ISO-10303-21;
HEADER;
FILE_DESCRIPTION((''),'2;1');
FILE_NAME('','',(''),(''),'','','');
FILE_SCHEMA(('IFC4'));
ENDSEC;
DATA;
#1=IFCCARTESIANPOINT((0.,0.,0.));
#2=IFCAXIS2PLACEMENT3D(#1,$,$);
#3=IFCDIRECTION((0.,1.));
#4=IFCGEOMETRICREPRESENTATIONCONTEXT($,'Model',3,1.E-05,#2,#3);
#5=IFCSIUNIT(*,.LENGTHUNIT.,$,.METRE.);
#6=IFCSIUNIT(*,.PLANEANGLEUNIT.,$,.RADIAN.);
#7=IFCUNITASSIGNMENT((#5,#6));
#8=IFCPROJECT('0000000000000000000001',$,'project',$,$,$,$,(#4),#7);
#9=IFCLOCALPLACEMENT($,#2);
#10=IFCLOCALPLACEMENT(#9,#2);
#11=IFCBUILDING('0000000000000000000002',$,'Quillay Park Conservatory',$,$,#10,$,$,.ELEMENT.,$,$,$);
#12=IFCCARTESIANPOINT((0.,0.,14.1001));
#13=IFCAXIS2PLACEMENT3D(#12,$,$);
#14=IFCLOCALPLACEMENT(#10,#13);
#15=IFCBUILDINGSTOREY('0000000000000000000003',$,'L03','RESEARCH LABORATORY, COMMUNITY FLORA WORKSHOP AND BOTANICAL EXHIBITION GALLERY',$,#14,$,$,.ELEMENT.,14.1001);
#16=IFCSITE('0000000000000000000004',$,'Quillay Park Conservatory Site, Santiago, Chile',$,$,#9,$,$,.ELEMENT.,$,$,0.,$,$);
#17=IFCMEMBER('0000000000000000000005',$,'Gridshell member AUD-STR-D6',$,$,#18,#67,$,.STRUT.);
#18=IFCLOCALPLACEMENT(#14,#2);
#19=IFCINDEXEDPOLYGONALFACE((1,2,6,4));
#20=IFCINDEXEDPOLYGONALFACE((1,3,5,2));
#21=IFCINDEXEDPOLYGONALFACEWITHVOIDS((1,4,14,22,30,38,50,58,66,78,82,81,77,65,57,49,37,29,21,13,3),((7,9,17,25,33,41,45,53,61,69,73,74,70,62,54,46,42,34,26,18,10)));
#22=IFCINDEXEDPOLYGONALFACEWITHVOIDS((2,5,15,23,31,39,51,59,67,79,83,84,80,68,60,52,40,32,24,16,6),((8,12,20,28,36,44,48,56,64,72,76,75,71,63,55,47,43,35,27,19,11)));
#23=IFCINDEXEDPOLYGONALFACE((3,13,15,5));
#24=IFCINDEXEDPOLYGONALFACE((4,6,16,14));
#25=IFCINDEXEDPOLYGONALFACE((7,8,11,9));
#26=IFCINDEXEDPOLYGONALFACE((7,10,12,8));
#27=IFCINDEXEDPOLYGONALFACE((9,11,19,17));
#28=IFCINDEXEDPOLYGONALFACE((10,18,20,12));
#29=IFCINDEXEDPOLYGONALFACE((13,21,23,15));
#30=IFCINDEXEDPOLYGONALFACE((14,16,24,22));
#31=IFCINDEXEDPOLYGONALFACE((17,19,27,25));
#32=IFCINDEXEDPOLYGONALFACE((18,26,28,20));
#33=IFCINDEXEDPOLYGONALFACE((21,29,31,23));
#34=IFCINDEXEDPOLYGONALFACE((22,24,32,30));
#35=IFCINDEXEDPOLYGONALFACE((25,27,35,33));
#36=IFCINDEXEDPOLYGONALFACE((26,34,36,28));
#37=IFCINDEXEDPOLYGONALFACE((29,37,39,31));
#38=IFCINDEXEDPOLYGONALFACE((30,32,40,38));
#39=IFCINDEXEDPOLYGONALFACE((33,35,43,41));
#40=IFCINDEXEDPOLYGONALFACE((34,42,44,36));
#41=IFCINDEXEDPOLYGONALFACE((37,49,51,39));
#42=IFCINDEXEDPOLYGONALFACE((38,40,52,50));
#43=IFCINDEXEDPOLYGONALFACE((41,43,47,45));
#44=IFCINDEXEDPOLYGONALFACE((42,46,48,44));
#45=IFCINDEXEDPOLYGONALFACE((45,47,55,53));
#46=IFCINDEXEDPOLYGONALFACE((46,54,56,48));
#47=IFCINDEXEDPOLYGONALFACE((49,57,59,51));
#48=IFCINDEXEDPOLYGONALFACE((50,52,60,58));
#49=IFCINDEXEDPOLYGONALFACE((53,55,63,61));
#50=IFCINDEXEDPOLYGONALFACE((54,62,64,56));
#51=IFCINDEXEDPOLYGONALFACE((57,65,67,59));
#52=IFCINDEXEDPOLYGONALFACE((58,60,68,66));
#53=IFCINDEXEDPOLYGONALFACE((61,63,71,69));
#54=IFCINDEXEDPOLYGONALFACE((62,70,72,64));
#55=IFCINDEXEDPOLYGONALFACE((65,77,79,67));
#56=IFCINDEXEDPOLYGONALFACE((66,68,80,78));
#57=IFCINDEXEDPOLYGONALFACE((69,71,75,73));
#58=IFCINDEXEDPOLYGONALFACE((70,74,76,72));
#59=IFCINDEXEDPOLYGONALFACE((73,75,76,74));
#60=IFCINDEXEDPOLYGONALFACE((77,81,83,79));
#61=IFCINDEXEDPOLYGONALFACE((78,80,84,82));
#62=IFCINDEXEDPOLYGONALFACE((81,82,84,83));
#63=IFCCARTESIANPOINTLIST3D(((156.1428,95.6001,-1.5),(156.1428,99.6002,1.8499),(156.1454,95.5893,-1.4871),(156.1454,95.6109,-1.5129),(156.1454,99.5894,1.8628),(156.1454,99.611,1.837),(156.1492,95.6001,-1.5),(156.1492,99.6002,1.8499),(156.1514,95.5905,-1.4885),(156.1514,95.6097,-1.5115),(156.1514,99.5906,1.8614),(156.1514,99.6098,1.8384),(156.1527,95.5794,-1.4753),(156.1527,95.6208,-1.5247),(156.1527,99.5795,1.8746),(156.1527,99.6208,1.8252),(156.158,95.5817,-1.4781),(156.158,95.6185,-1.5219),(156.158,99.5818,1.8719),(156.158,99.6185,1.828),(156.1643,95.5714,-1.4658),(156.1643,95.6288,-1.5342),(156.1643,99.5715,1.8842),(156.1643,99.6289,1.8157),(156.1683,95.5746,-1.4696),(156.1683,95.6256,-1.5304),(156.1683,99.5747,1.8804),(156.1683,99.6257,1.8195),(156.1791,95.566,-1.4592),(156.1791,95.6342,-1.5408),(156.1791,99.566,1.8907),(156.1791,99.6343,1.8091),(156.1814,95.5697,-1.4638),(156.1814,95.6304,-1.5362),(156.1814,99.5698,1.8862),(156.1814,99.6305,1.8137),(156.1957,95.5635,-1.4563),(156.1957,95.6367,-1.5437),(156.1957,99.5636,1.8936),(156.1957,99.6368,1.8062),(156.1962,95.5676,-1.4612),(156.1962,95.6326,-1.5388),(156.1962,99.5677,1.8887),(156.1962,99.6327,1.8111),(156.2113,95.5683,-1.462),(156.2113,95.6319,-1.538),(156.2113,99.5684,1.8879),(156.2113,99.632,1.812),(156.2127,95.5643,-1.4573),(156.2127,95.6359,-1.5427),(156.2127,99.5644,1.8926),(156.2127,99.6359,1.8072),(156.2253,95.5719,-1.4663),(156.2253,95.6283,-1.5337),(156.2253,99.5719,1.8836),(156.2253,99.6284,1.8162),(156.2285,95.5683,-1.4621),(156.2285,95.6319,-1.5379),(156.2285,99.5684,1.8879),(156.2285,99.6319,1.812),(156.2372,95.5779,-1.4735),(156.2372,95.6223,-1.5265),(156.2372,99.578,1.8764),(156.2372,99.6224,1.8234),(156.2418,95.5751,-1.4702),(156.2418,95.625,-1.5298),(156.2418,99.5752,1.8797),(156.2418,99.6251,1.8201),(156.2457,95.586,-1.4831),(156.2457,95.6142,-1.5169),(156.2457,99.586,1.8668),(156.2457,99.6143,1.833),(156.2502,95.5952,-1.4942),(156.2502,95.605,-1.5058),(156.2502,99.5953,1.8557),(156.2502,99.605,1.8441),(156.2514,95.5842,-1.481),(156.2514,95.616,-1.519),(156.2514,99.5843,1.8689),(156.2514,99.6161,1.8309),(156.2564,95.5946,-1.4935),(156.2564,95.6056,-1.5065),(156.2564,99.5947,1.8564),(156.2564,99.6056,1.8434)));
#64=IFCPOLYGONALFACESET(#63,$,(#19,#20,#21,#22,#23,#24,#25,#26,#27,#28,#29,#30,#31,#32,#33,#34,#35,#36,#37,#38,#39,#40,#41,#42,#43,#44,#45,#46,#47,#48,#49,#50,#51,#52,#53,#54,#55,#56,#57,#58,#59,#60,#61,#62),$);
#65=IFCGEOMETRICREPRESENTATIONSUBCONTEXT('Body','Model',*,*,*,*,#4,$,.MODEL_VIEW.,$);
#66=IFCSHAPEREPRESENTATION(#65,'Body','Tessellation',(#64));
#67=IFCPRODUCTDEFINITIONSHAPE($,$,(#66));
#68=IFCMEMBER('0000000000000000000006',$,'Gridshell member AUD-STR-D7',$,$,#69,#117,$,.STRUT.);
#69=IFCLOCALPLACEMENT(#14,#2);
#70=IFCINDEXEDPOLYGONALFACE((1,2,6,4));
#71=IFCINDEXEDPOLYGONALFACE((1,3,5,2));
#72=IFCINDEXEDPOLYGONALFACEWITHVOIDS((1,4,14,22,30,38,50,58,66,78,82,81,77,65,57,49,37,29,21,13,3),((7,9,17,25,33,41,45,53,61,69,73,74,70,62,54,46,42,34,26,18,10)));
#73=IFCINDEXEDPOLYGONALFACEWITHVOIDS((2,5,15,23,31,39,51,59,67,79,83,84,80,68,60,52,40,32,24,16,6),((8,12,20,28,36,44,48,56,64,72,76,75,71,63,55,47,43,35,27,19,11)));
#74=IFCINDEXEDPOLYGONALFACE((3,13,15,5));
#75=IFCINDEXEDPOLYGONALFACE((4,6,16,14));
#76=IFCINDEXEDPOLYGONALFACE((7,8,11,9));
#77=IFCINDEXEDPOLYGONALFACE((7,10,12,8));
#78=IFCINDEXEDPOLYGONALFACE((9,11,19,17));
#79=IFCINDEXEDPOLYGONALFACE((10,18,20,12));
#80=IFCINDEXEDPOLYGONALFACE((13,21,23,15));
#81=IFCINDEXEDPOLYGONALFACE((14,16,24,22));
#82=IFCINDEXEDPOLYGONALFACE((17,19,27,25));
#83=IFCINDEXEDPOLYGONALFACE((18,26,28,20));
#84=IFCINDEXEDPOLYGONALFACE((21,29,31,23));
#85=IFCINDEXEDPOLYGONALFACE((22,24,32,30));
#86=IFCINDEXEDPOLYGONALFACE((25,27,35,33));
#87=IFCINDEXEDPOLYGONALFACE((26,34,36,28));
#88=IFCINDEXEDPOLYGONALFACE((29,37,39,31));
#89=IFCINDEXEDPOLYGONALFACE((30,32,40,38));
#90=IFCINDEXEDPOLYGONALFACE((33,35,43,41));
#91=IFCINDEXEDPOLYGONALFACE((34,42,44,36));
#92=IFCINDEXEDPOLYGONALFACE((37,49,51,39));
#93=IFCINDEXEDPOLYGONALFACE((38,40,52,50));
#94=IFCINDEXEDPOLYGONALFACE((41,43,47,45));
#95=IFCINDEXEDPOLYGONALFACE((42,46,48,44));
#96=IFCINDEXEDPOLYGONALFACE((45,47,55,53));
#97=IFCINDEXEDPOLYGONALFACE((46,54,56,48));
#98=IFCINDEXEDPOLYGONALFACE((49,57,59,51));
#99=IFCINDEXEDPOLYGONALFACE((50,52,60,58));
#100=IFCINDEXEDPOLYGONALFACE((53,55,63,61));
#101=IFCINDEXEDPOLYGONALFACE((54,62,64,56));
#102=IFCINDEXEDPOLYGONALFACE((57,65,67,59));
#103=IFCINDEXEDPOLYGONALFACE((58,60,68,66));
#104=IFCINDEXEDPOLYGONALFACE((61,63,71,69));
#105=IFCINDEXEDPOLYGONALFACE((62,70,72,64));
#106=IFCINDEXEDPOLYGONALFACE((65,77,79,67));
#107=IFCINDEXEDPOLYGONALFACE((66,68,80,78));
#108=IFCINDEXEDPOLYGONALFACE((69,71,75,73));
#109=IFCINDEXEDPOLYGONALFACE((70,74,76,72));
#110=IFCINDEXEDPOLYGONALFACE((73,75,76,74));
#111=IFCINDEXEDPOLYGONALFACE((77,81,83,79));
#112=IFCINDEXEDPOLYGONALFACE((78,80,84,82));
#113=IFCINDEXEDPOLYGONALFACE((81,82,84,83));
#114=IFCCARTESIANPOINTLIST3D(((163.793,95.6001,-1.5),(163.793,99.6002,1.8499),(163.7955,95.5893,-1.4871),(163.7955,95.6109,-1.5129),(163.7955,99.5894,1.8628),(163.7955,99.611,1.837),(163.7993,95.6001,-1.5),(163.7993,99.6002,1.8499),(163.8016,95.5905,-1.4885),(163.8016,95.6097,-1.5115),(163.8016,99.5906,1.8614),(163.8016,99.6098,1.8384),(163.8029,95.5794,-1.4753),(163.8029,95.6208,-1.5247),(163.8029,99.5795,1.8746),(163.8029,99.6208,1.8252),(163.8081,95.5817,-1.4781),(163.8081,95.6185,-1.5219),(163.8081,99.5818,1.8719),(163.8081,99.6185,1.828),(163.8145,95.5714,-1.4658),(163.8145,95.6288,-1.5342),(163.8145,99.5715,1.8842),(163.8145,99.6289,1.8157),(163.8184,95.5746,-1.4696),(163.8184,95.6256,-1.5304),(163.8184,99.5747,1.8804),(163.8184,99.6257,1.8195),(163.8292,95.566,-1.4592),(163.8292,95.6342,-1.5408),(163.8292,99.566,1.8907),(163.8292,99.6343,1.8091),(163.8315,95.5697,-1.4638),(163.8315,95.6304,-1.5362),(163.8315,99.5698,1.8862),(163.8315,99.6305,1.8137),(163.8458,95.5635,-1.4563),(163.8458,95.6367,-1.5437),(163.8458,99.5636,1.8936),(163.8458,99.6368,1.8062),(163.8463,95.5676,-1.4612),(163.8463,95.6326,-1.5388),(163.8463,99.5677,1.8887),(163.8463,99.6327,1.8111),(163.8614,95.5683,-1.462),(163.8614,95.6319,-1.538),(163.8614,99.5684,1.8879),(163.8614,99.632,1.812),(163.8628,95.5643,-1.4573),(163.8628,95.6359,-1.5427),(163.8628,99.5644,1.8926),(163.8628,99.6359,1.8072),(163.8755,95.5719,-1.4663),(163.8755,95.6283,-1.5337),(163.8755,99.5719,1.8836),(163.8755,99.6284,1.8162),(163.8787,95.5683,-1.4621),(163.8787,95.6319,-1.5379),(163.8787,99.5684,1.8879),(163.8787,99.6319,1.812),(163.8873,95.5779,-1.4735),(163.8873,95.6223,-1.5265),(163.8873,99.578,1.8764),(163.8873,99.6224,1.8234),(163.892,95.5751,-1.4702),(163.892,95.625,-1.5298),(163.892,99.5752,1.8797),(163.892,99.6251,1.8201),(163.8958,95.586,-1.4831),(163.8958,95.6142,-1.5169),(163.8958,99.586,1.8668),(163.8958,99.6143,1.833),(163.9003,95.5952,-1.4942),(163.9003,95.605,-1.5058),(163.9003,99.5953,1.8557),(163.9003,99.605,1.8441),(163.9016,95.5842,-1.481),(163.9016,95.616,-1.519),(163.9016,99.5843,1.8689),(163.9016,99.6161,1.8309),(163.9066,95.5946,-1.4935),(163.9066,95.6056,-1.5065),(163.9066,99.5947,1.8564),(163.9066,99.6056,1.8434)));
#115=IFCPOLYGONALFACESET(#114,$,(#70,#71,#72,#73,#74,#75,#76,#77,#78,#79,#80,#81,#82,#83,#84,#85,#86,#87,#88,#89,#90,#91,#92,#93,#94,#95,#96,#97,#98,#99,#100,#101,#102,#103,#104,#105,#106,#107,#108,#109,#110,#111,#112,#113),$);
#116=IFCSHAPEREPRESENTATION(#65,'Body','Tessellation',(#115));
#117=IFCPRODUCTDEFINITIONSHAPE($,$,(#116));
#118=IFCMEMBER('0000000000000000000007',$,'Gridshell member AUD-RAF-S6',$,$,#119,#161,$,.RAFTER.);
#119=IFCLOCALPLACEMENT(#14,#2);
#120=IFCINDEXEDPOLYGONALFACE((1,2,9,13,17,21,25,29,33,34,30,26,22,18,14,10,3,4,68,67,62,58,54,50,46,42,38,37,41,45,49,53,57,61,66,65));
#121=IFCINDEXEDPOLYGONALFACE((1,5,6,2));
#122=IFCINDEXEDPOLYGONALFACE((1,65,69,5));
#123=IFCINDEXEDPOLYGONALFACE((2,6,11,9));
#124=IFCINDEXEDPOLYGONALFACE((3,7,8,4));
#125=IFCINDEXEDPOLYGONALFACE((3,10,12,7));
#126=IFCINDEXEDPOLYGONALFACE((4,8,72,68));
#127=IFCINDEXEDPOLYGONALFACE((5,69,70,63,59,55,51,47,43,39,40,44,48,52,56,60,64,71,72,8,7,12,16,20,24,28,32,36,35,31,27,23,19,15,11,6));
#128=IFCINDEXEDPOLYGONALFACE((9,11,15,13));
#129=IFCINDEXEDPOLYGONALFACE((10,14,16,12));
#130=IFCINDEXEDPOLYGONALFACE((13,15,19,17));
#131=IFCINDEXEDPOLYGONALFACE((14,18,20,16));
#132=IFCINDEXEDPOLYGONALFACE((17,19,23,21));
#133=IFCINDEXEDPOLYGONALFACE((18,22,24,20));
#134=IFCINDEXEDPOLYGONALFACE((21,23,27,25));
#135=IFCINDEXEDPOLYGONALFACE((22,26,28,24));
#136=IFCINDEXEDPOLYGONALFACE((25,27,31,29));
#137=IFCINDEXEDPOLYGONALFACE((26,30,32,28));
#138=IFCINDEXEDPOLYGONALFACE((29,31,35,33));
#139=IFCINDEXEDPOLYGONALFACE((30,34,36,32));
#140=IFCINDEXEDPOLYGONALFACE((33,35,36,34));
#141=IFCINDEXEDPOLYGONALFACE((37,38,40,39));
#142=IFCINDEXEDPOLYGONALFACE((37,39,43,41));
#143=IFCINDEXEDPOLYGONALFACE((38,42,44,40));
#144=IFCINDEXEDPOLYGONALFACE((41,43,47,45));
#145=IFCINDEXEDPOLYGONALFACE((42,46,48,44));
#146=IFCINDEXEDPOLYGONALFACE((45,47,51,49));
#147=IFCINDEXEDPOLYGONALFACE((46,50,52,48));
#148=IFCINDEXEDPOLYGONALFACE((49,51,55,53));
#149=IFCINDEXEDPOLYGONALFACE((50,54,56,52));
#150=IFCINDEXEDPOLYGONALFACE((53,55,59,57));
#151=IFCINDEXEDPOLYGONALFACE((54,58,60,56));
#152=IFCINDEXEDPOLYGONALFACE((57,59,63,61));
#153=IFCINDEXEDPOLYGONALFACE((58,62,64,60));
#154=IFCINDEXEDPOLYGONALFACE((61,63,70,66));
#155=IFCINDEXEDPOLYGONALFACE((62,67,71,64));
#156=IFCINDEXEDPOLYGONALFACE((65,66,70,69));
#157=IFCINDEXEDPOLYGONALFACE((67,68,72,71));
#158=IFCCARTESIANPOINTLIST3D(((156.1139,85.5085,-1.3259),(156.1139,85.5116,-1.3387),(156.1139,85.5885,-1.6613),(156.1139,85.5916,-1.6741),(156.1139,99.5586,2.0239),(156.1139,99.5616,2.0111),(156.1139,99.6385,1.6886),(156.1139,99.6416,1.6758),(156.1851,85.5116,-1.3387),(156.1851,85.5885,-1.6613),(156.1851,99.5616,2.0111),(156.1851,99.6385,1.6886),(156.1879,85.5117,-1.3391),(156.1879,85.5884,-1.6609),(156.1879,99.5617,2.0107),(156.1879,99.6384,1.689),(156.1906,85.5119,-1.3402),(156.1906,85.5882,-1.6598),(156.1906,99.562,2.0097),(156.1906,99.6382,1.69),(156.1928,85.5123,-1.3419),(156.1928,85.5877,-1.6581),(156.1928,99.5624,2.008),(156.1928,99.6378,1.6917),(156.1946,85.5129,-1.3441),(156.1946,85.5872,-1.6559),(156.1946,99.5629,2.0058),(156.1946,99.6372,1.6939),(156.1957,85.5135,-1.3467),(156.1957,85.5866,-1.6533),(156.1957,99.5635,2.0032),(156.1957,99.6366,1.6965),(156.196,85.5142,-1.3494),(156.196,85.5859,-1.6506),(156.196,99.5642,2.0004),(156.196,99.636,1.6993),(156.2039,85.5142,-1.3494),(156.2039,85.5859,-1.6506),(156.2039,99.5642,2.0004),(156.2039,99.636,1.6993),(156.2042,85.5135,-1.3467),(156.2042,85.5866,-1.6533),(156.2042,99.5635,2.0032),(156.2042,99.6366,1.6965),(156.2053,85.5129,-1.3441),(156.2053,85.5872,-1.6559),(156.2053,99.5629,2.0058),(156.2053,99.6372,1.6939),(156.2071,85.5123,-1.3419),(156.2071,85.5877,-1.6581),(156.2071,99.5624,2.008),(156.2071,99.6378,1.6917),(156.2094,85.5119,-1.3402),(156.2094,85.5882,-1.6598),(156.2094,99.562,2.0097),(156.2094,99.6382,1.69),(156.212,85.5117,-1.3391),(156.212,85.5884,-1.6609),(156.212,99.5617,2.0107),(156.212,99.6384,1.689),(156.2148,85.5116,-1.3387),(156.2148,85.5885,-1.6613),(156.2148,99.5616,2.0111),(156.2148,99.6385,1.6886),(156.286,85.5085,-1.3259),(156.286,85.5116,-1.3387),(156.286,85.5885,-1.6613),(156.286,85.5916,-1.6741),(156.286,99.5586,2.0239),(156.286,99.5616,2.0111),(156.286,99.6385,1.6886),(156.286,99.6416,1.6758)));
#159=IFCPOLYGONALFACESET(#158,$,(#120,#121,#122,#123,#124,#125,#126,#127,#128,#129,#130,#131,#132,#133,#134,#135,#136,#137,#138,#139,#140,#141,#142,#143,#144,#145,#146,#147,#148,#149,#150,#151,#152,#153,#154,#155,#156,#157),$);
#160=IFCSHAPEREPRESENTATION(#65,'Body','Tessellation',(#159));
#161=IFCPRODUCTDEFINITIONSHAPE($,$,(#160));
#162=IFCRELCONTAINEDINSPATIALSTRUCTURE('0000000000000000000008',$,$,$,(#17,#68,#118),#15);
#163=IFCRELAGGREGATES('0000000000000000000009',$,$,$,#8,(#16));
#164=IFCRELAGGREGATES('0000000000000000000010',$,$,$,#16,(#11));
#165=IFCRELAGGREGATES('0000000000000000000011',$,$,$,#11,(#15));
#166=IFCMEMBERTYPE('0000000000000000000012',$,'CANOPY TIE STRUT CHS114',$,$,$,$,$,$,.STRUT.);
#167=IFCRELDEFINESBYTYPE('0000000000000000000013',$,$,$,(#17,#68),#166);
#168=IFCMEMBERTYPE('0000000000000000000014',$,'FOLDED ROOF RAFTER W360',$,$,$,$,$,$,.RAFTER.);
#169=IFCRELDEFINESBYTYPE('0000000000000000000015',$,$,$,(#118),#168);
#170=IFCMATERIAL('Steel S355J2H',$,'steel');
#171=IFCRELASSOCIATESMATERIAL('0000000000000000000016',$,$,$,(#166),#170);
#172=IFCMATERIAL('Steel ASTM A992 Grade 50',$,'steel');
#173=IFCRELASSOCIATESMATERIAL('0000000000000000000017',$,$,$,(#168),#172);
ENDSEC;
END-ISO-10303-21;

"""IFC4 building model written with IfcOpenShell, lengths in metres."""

from ifc_helpers import new_model, si_unit, direction, frame, origin, origin_2d, place, context, subcontext, project, spatial, hollow_circle, i_section, extrude, material, material_profile, profile_set, type_object, element, save


model = new_model("IFC4")

# Units and contexts
model_context = context("Model", 3, precision=1e-05, world=origin(), true_north=direction((0.0, 1.0)))
body_context = subcontext(model_context, "Body", "Model", "MODEL_VIEW")
ifc_project = project(units=[si_unit("LENGTHUNIT", "METRE"), si_unit("PLANEANGLEUNIT", "RADIAN")], contexts=[model_context])

# Site, building, storey
site_placement = place(None, origin())
site = spatial("IfcSite", under=ifc_project, at=site_placement, Name="Quillay Park Conservatory Site, Santiago, Chile", CompositionType="ELEMENT", RefElevation=0.0)
building_placement = place(site_placement, origin())
building = spatial("IfcBuilding", under=site, at=building_placement, Name="Quillay Park Conservatory", CompositionType="ELEMENT")
storey_placement = place(building_placement, frame((0.0, 0.0, 14.1001)))
storey = spatial("IfcBuildingStorey", under=building, at=storey_placement, Name="L03", Description="RESEARCH LABORATORY, COMMUNITY FLORA WORKSHOP AND BOTANICAL EXHIBITION GALLERY", CompositionType="ELEMENT", Elevation=14.1001)

# Members
ifc_material_1 = material(Name="Steel S355J2H", Category="steel")
ifc_material_profile_1 = material_profile(ifc_material_1, hollow_circle(Radius=0.0571, WallThickness=0.0063, at=origin_2d()), Name="CHS114.3x6.3")
ifc_profile_set_1 = profile_set([ifc_material_profile_1], Name="Steel S355J2H")
member_type_1 = type_object("IfcMemberType", Name="CANOPY TIE STRUT CHS114", PredefinedType="STRUT", material=ifc_profile_set_1)
for number, where, z_axis, x_axis, name in (
    (1, (156.2, 95.6001, -1.5), (0.0, 0.766662, 0.642051), (-1.0, 0.0, 0.0), "Gridshell member AUD-STR-D6"),
    (2, (163.8501, 95.6001, -1.5), (0.0, 0.766662, 0.642051), (-1.0, 0.0, 0.0), "Gridshell member AUD-STR-D7"),
):
    element("IfcMember", number, at=place(storey_placement, frame(where, z_axis=z_axis, x_axis=x_axis)), inside=storey, type_object=member_type_1, Name=name, PredefinedType="STRUT", context=body_context, shape_type="SweptSolid", body=[
        extrude(hollow_circle(Radius=0.0571, WallThickness=0.0063, at=origin_2d()), origin(), (0.0, 0.0, 1.0), 5.2175),
    ])
ifc_material_2 = material(Name="Steel ASTM A992 Grade 50", Category="steel")
ifc_material_profile_2 = material_profile(ifc_material_2, i_section(OverallWidth=0.1721, OverallDepth=0.3579, WebThickness=0.0078, FlangeThickness=0.0132, FilletRadius=0.011, at=origin_2d()), Name="W360x57")
ifc_profile_set_2 = profile_set([ifc_material_profile_2], Name="Steel ASTM A992 Grade 50")
member_type_2 = type_object("IfcMemberType", Name="FOLDED ROOF RAFTER W360", PredefinedType="RAFTER", material=ifc_profile_set_2)
member_1_placement = place(storey_placement, frame((156.2, 85.55, -1.5), z_axis=(0.0, 0.972734, 0.231922), x_axis=(-1.0, 0.0, 0.0)))
element("IfcMember", 3, at=member_1_placement, inside=storey, type_object=member_type_2, Name="Gridshell member AUD-RAF-S6", PredefinedType="RAFTER", context=body_context, shape_type="SweptSolid", body=[
    extrude(i_section(OverallWidth=0.1721, OverallDepth=0.3579, WebThickness=0.0078, FlangeThickness=0.0132, FilletRadius=0.011, at=origin_2d()), origin(), (0.0, 0.0, 1.0), 14.4438),
])

save(model, "model.ifc")
